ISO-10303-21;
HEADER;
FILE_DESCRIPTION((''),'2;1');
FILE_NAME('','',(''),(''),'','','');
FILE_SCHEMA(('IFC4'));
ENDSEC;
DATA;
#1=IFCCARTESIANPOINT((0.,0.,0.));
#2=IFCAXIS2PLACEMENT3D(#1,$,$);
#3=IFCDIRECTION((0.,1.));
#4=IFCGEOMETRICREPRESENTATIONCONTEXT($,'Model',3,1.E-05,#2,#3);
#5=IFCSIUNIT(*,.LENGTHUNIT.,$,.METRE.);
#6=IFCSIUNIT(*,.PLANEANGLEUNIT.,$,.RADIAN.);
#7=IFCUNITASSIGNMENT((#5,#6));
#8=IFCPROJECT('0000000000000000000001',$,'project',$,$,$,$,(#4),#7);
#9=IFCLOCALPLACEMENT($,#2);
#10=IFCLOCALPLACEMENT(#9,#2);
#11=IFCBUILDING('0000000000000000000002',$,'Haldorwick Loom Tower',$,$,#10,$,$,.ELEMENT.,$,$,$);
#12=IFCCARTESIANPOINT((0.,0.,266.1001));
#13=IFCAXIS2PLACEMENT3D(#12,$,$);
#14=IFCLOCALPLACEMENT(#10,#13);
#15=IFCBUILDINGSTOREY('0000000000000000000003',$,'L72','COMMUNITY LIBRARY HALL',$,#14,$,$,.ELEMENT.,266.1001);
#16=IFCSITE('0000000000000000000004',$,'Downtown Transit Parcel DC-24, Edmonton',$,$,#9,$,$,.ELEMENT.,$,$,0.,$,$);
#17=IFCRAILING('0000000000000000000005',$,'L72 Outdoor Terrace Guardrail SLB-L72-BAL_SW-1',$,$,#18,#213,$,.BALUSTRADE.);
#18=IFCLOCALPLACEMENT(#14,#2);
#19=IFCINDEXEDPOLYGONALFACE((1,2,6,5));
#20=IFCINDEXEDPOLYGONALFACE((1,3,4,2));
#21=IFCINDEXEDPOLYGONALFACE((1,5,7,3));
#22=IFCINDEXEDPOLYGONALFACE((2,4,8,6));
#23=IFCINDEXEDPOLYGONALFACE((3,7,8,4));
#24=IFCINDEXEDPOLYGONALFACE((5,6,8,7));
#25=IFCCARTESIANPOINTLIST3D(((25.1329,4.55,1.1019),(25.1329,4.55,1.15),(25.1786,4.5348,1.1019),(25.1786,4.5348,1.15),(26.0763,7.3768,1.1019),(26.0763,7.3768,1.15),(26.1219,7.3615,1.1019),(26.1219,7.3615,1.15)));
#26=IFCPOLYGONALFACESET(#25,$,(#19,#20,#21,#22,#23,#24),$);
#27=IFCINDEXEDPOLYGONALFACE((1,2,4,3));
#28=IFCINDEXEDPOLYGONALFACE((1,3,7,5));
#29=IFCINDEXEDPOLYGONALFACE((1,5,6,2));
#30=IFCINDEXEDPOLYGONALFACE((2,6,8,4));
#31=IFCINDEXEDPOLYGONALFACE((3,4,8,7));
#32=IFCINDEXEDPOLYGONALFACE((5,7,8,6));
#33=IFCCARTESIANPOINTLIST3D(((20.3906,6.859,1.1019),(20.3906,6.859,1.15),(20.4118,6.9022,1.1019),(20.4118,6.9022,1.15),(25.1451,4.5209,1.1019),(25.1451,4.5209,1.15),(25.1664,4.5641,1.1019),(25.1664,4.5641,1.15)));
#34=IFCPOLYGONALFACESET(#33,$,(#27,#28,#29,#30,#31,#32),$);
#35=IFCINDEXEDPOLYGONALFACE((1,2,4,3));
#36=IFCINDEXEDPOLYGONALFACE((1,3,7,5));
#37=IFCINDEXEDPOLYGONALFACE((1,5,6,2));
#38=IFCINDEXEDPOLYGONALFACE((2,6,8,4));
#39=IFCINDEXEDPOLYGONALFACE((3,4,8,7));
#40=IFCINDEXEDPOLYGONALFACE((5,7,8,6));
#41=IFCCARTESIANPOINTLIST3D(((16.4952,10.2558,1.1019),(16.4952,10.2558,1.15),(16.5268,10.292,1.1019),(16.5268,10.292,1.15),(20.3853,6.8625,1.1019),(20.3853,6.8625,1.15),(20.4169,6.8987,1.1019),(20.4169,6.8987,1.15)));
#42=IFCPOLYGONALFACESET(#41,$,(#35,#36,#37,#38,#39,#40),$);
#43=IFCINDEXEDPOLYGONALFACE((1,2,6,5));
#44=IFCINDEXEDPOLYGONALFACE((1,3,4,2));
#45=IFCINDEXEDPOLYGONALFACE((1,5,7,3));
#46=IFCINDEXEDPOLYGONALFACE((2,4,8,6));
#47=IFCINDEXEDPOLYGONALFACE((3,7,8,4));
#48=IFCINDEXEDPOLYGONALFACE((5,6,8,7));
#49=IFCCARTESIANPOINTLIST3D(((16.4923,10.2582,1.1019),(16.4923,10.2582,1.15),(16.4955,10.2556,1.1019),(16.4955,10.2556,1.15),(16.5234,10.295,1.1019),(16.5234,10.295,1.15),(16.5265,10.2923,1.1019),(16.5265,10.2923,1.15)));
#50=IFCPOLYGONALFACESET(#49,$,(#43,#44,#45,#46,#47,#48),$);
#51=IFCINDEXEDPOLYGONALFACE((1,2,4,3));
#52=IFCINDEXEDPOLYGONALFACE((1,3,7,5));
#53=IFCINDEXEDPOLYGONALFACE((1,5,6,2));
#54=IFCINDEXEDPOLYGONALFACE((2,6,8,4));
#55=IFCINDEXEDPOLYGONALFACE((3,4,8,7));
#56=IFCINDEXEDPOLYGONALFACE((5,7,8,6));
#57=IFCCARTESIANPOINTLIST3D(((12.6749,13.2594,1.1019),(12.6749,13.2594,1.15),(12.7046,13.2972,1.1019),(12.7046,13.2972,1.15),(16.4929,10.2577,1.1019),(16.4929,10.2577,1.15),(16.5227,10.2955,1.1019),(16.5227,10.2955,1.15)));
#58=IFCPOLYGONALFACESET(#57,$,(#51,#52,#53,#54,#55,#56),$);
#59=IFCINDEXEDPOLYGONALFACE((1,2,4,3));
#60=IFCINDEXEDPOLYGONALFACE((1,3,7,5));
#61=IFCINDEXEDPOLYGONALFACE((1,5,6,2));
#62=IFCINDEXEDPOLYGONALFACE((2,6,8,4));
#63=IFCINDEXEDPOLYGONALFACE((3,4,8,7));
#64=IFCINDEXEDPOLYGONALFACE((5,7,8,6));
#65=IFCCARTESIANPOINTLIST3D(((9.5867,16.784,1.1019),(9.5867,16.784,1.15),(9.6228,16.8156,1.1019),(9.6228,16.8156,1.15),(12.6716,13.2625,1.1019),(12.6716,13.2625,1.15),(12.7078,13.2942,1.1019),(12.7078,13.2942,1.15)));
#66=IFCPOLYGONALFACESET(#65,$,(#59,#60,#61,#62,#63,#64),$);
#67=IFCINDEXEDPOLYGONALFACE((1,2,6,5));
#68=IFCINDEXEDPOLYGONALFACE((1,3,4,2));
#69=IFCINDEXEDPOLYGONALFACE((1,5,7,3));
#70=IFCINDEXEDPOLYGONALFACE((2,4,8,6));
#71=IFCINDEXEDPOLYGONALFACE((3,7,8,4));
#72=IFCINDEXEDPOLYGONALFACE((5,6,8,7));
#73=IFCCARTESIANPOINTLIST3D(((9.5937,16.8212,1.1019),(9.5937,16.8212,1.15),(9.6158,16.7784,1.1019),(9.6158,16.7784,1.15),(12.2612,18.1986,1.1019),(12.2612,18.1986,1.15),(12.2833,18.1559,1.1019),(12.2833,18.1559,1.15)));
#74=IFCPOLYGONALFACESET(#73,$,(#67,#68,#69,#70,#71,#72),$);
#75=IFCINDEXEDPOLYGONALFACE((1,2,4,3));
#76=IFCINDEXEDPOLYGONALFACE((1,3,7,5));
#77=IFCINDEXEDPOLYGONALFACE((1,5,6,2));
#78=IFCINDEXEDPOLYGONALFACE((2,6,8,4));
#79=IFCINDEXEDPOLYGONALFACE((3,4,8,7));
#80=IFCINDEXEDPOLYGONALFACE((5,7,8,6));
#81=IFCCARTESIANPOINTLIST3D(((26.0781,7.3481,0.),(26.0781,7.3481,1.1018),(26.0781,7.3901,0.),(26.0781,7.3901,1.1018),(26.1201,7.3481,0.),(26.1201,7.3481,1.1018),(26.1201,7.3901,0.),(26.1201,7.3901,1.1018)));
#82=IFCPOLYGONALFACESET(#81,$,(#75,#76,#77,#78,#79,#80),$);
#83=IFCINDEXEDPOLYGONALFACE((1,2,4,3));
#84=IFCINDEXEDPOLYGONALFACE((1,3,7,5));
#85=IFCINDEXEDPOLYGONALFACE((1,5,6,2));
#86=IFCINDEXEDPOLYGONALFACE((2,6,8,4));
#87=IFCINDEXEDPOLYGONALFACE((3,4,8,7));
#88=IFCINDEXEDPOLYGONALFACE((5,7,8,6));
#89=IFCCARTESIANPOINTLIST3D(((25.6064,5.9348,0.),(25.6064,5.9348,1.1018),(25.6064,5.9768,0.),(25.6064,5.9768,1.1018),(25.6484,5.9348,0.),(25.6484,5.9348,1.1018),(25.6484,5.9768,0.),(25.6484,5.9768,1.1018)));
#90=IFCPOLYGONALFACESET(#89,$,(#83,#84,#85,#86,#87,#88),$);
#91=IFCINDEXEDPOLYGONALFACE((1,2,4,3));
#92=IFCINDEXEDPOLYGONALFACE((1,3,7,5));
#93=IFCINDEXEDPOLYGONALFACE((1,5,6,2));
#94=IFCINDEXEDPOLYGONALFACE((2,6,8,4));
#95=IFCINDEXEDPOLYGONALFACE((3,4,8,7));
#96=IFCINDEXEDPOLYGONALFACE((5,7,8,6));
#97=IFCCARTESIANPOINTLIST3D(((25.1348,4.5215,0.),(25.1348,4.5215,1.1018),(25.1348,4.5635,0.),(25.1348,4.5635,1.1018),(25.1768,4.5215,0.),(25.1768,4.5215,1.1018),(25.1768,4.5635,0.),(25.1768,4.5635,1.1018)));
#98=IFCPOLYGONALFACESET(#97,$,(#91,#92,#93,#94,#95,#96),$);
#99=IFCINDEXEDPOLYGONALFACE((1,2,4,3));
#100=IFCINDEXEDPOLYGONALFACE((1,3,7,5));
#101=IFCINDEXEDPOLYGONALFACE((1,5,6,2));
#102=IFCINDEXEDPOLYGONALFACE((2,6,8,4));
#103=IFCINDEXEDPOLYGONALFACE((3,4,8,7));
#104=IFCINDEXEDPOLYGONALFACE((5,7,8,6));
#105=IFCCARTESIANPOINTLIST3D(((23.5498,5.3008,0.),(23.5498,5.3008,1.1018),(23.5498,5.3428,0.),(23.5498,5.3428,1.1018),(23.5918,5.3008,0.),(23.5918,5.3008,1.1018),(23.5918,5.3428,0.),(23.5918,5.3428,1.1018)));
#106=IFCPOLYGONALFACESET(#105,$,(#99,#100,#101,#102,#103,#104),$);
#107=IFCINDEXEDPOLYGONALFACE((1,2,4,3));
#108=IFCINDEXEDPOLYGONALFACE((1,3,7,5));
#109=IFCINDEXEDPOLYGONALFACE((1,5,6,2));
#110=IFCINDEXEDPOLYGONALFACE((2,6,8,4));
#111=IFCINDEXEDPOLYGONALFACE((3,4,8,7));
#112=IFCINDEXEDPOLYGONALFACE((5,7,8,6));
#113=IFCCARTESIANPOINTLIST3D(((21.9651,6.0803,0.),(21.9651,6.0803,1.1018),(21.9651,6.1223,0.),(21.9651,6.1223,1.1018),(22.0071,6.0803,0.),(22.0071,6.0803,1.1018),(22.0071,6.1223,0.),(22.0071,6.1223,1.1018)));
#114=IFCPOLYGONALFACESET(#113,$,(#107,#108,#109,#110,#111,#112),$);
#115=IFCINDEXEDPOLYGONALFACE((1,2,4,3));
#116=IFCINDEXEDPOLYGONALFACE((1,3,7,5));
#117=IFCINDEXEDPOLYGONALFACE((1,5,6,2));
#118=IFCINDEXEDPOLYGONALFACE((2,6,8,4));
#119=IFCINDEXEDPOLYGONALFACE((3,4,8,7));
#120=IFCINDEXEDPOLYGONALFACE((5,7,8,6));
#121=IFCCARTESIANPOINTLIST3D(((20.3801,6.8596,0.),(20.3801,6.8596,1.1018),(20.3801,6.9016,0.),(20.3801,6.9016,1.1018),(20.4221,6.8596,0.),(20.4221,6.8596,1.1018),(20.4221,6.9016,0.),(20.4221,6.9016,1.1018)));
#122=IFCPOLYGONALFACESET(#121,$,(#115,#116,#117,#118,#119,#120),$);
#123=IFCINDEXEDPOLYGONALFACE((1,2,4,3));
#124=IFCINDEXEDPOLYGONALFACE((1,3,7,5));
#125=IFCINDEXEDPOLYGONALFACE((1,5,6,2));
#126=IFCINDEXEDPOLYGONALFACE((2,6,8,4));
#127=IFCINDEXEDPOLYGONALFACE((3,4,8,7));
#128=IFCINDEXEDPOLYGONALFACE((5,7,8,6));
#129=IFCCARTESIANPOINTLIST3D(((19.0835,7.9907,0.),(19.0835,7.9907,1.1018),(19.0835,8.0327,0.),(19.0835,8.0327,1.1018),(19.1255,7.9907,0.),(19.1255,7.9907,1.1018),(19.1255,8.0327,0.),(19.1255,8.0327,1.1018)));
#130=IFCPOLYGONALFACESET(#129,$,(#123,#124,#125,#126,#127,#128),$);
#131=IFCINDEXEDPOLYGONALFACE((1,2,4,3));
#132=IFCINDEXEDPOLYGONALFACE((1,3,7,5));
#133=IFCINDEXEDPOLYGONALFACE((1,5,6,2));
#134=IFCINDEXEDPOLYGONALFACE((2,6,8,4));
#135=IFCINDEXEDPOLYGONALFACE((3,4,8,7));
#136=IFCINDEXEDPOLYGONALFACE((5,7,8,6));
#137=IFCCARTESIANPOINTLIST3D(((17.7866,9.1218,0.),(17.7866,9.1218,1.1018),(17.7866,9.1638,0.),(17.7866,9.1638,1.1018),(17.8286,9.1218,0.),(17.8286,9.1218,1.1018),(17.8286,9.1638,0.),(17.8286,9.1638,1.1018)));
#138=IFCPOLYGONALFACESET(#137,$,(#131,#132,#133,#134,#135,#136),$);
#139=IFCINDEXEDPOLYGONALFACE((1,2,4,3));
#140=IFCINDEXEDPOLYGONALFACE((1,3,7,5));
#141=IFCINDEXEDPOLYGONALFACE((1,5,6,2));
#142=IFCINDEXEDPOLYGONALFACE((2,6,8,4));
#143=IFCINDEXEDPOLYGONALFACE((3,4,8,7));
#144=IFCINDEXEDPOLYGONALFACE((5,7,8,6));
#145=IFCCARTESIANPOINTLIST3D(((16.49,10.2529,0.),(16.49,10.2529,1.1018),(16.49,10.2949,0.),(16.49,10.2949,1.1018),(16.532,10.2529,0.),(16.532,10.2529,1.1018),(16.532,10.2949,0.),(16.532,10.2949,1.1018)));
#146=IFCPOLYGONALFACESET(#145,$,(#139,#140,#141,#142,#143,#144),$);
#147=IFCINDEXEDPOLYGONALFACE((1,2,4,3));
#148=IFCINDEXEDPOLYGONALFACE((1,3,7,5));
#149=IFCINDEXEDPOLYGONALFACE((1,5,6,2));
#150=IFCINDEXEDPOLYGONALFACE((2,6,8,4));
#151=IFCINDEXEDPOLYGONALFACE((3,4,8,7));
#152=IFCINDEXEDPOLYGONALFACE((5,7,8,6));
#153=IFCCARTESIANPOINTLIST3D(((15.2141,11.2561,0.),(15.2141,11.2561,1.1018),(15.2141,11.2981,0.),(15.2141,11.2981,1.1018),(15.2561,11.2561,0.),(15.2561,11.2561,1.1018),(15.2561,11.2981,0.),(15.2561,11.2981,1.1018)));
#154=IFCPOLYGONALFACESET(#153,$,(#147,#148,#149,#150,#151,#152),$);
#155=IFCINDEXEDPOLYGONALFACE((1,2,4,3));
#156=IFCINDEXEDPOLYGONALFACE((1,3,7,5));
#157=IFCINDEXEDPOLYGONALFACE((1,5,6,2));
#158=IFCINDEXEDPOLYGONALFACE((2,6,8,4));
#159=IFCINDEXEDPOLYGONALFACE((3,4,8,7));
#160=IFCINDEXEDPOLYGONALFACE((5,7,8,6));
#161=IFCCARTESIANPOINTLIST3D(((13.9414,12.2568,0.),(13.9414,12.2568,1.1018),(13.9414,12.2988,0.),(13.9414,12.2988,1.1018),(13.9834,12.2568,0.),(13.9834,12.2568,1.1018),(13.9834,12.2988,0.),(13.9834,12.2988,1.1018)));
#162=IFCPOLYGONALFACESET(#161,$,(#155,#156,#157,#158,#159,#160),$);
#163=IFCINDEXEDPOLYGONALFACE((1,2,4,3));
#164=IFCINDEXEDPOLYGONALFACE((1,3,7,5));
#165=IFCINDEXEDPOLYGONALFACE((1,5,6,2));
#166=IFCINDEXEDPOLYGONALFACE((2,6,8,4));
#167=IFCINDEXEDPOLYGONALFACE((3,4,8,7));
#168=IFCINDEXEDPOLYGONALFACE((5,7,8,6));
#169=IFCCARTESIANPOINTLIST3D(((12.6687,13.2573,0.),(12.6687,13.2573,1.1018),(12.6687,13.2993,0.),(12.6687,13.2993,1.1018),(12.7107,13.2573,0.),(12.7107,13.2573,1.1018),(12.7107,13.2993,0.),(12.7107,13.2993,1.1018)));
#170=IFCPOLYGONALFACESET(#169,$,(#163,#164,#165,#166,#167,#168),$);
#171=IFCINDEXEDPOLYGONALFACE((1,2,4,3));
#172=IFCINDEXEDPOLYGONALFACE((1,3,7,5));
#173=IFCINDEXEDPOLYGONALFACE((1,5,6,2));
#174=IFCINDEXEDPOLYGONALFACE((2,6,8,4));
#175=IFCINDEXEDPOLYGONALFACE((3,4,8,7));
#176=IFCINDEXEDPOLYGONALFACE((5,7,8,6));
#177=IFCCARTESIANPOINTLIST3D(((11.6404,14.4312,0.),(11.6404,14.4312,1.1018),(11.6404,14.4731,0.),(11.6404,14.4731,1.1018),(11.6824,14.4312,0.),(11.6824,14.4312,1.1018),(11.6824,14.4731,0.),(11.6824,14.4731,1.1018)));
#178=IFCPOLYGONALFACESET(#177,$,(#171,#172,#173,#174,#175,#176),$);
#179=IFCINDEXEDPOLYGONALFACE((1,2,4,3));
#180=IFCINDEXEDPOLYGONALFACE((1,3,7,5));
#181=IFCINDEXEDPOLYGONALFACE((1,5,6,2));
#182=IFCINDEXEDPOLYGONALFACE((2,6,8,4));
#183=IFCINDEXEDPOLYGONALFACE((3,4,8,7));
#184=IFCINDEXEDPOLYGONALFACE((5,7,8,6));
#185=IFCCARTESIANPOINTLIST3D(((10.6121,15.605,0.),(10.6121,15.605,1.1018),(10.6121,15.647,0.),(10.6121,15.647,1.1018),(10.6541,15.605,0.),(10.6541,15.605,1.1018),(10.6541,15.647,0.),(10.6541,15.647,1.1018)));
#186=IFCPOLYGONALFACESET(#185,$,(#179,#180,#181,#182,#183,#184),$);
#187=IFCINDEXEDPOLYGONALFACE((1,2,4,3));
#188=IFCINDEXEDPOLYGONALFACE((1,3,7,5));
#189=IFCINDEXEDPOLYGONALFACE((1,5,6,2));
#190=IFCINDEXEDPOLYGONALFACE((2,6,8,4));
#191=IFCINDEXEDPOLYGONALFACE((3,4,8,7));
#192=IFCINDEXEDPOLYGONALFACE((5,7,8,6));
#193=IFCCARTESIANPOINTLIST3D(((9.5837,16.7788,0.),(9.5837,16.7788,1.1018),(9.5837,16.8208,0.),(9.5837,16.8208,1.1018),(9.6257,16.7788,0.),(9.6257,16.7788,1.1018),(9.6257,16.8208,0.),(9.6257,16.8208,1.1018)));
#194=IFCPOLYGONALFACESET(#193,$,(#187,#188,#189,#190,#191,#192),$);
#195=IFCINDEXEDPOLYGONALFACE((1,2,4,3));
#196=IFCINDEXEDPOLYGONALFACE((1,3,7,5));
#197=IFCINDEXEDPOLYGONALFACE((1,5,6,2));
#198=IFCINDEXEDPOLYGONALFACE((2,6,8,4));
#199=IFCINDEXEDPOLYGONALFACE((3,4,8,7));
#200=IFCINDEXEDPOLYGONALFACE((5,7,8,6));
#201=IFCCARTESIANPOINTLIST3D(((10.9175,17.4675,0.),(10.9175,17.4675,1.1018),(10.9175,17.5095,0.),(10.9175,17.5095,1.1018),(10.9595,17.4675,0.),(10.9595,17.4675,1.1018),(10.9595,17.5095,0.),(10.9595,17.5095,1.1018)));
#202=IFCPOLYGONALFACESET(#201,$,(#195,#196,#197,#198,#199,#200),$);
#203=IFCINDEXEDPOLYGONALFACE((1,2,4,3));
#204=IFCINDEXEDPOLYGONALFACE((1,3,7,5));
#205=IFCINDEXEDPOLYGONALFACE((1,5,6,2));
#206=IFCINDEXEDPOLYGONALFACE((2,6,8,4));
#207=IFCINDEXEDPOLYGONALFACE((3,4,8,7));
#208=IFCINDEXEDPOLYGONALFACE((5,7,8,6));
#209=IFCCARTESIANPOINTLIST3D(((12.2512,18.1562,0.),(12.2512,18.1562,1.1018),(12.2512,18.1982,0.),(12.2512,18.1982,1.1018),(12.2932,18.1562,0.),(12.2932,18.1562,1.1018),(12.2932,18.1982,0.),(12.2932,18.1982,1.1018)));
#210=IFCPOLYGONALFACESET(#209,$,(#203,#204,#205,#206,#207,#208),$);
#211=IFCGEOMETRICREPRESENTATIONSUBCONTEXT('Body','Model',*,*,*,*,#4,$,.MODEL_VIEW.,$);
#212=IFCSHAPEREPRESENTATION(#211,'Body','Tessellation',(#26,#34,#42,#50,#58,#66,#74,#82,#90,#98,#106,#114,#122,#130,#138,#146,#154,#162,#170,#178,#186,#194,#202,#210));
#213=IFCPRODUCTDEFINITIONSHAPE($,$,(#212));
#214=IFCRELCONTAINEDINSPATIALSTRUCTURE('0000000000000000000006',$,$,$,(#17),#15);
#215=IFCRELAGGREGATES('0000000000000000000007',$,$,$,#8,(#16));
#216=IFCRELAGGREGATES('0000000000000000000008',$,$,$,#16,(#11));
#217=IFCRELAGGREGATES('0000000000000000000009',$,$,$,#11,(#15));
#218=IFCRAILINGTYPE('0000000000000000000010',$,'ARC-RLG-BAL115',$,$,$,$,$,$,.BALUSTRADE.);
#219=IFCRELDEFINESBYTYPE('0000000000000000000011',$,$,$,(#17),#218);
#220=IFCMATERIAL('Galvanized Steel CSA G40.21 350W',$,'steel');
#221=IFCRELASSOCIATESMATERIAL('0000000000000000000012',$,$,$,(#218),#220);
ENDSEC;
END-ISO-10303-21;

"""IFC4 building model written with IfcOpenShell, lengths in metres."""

from ifc_helpers import new_model, si_unit, direction, frame, origin, origin_2d, place, context, subcontext, project, spatial, rectangle, extrude, material, type_object, element, save


model = new_model("IFC4")

# Units and contexts
model_context = context("Model", 3, precision=1e-05, world=origin(), true_north=direction((0.0, 1.0)))
body_context = subcontext(model_context, "Body", "Model", "MODEL_VIEW")
ifc_project = project(units=[si_unit("LENGTHUNIT", "METRE"), si_unit("PLANEANGLEUNIT", "RADIAN")], contexts=[model_context])

# Site, building, storey
site_placement = place(None, origin())
site = spatial("IfcSite", under=ifc_project, at=site_placement, Name="Downtown Transit Parcel DC-24, Edmonton", CompositionType="ELEMENT", RefElevation=0.0)
building_placement = place(site_placement, origin())
building = spatial("IfcBuilding", under=site, at=building_placement, Name="Haldorwick Loom Tower", CompositionType="ELEMENT")
storey_placement = place(building_placement, frame((0.0, 0.0, 266.1001)))
storey = spatial("IfcBuildingStorey", under=building, at=storey_placement, Name="L72", Description="COMMUNITY LIBRARY HALL", CompositionType="ELEMENT", Elevation=266.1001)

# Railing
ifc_material_1 = material(Name="Galvanized Steel CSA G40.21 350W", Category="steel")
railing_type = type_object("IfcRailingType", Name="ARC-RLG-BAL115", PredefinedType="BALUSTRADE", material=ifc_material_1)
railing_placement = place(storey_placement, frame((26.0991, 7.3691, 0.0)))
element("IfcRailing", 1, at=railing_placement, inside=storey, type_object=railing_type, Name="L72 Outdoor Terrace Guardrail SLB-L72-BAL_SW-1", PredefinedType="BALUSTRADE", context=body_context, shape_type="SweptSolid", body=[
    extrude(rectangle(XDim=0.0481, YDim=0.0481, at=origin_2d()), frame((0.0, 0.0, 1.126), z_axis=(-0.316572, -0.948569, 0.0), x_axis=(0.948569, -0.316572, 0.0)), (0.0, 0.0, 1.0), 2.98),
    extrude(rectangle(XDim=0.0481, YDim=0.0481, at=origin_2d()), frame((-0.9434, -2.8267, 1.126), z_axis=(-0.897366, 0.441287, 0.0), x_axis=(-0.441287, -0.897366, 0.0)), (0.0, 0.0, 1.0), 5.2983),
    extrude(rectangle(XDim=0.0481, YDim=0.0481, at=origin_2d()), frame((-5.698, -0.4885, 1.126), z_axis=(-0.753589, 0.657345, 0.0), x_axis=(-0.657345, -0.753589, 0.0)), (0.0, 0.0, 1.0), 5.1621),
    extrude(rectangle(XDim=0.0481, YDim=0.0481, at=origin_2d()), frame((-9.5881, 2.9048, 1.126), z_axis=(-0.763386, 0.645942, 0.0), x_axis=(-0.645942, -0.763386, 0.0)), (0.0, 0.0, 1.0), 0.0042),
    extrude(rectangle(XDim=0.0481, YDim=0.0481, at=origin_2d()), frame((-9.5913, 2.9075, 1.126), z_axis=(-0.786142, 0.618046, 0.0), x_axis=(-0.618046, -0.786142, 0.0)), (0.0, 0.0, 1.0), 4.8567),
    extrude(rectangle(XDim=0.0481, YDim=0.0481, at=origin_2d()), frame((-13.4094, 5.9092, 1.126), z_axis=(-0.658948, 0.752189, 0.0), x_axis=(-0.752189, -0.658948, 0.0)), (0.0, 0.0, 1.0), 4.6816),
    extrude(rectangle(XDim=0.0481, YDim=0.0481, at=origin_2d()), frame((-16.4944, 9.4307, 1.126), z_axis=(0.888529, 0.458821, 0.0), x_axis=(-0.458821, 0.888529, 0.0)), (0.0, 0.0, 1.0), 3.0022),
    extrude(rectangle(XDim=0.042, YDim=0.042, at=origin_2d()), origin(), (0.0, 0.0, 1.0), 1.1018),
    extrude(rectangle(XDim=0.042, YDim=0.042, at=origin_2d()), frame((-0.4717, -1.4133, 0.0)), (0.0, 0.0, 1.0), 1.1018),
    extrude(rectangle(XDim=0.042, YDim=0.042, at=origin_2d()), frame((-0.9434, -2.8267, 0.0)), (0.0, 0.0, 1.0), 1.1018),
    extrude(rectangle(XDim=0.042, YDim=0.042, at=origin_2d()), frame((-2.5283, -2.0474, 0.0)), (0.0, 0.0, 1.0), 1.1018),
    extrude(rectangle(XDim=0.042, YDim=0.042, at=origin_2d()), frame((-4.113, -1.2678, 0.0)), (0.0, 0.0, 1.0), 1.1018),
    extrude(rectangle(XDim=0.042, YDim=0.042, at=origin_2d()), frame((-5.698, -0.4885, 0.0)), (0.0, 0.0, 1.0), 1.1018),
    extrude(rectangle(XDim=0.042, YDim=0.042, at=origin_2d()), frame((-6.9946, 0.6426, 0.0)), (0.0, 0.0, 1.0), 1.1018),
    extrude(rectangle(XDim=0.042, YDim=0.042, at=origin_2d()), frame((-8.2915, 1.7737, 0.0)), (0.0, 0.0, 1.0), 1.1018),
    extrude(rectangle(XDim=0.042, YDim=0.042, at=origin_2d()), frame((-9.5881, 2.9048, 0.0)), (0.0, 0.0, 1.0), 1.1018),
    extrude(rectangle(XDim=0.042, YDim=0.042, at=origin_2d()), frame((-10.864, 3.908, 0.0)), (0.0, 0.0, 1.0), 1.1018),
    extrude(rectangle(XDim=0.042, YDim=0.042, at=origin_2d()), frame((-12.1367, 4.9087, 0.0)), (0.0, 0.0, 1.0), 1.1018),
    extrude(rectangle(XDim=0.042, YDim=0.042, at=origin_2d()), frame((-13.4094, 5.9092, 0.0)), (0.0, 0.0, 1.0), 1.1018),
    extrude(rectangle(XDim=0.042, YDim=0.042, at=origin_2d()), frame((-14.4377, 7.083, 0.0)), (0.0, 0.0, 1.0), 1.1018),
    extrude(rectangle(XDim=0.042, YDim=0.042, at=origin_2d()), frame((-15.4661, 8.2568, 0.0)), (0.0, 0.0, 1.0), 1.1018),
    extrude(rectangle(XDim=0.042, YDim=0.042, at=origin_2d()), frame((-16.4944, 9.4307, 0.0)), (0.0, 0.0, 1.0), 1.1018),
    extrude(rectangle(XDim=0.042, YDim=0.042, at=origin_2d()), frame((-15.1606, 10.1194, 0.0)), (0.0, 0.0, 1.0), 1.1018),
    extrude(rectangle(XDim=0.042, YDim=0.042, at=origin_2d()), frame((-13.8269, 10.8081, 0.0)), (0.0, 0.0, 1.0), 1.1018),
])

save(model, "model.ifc")
